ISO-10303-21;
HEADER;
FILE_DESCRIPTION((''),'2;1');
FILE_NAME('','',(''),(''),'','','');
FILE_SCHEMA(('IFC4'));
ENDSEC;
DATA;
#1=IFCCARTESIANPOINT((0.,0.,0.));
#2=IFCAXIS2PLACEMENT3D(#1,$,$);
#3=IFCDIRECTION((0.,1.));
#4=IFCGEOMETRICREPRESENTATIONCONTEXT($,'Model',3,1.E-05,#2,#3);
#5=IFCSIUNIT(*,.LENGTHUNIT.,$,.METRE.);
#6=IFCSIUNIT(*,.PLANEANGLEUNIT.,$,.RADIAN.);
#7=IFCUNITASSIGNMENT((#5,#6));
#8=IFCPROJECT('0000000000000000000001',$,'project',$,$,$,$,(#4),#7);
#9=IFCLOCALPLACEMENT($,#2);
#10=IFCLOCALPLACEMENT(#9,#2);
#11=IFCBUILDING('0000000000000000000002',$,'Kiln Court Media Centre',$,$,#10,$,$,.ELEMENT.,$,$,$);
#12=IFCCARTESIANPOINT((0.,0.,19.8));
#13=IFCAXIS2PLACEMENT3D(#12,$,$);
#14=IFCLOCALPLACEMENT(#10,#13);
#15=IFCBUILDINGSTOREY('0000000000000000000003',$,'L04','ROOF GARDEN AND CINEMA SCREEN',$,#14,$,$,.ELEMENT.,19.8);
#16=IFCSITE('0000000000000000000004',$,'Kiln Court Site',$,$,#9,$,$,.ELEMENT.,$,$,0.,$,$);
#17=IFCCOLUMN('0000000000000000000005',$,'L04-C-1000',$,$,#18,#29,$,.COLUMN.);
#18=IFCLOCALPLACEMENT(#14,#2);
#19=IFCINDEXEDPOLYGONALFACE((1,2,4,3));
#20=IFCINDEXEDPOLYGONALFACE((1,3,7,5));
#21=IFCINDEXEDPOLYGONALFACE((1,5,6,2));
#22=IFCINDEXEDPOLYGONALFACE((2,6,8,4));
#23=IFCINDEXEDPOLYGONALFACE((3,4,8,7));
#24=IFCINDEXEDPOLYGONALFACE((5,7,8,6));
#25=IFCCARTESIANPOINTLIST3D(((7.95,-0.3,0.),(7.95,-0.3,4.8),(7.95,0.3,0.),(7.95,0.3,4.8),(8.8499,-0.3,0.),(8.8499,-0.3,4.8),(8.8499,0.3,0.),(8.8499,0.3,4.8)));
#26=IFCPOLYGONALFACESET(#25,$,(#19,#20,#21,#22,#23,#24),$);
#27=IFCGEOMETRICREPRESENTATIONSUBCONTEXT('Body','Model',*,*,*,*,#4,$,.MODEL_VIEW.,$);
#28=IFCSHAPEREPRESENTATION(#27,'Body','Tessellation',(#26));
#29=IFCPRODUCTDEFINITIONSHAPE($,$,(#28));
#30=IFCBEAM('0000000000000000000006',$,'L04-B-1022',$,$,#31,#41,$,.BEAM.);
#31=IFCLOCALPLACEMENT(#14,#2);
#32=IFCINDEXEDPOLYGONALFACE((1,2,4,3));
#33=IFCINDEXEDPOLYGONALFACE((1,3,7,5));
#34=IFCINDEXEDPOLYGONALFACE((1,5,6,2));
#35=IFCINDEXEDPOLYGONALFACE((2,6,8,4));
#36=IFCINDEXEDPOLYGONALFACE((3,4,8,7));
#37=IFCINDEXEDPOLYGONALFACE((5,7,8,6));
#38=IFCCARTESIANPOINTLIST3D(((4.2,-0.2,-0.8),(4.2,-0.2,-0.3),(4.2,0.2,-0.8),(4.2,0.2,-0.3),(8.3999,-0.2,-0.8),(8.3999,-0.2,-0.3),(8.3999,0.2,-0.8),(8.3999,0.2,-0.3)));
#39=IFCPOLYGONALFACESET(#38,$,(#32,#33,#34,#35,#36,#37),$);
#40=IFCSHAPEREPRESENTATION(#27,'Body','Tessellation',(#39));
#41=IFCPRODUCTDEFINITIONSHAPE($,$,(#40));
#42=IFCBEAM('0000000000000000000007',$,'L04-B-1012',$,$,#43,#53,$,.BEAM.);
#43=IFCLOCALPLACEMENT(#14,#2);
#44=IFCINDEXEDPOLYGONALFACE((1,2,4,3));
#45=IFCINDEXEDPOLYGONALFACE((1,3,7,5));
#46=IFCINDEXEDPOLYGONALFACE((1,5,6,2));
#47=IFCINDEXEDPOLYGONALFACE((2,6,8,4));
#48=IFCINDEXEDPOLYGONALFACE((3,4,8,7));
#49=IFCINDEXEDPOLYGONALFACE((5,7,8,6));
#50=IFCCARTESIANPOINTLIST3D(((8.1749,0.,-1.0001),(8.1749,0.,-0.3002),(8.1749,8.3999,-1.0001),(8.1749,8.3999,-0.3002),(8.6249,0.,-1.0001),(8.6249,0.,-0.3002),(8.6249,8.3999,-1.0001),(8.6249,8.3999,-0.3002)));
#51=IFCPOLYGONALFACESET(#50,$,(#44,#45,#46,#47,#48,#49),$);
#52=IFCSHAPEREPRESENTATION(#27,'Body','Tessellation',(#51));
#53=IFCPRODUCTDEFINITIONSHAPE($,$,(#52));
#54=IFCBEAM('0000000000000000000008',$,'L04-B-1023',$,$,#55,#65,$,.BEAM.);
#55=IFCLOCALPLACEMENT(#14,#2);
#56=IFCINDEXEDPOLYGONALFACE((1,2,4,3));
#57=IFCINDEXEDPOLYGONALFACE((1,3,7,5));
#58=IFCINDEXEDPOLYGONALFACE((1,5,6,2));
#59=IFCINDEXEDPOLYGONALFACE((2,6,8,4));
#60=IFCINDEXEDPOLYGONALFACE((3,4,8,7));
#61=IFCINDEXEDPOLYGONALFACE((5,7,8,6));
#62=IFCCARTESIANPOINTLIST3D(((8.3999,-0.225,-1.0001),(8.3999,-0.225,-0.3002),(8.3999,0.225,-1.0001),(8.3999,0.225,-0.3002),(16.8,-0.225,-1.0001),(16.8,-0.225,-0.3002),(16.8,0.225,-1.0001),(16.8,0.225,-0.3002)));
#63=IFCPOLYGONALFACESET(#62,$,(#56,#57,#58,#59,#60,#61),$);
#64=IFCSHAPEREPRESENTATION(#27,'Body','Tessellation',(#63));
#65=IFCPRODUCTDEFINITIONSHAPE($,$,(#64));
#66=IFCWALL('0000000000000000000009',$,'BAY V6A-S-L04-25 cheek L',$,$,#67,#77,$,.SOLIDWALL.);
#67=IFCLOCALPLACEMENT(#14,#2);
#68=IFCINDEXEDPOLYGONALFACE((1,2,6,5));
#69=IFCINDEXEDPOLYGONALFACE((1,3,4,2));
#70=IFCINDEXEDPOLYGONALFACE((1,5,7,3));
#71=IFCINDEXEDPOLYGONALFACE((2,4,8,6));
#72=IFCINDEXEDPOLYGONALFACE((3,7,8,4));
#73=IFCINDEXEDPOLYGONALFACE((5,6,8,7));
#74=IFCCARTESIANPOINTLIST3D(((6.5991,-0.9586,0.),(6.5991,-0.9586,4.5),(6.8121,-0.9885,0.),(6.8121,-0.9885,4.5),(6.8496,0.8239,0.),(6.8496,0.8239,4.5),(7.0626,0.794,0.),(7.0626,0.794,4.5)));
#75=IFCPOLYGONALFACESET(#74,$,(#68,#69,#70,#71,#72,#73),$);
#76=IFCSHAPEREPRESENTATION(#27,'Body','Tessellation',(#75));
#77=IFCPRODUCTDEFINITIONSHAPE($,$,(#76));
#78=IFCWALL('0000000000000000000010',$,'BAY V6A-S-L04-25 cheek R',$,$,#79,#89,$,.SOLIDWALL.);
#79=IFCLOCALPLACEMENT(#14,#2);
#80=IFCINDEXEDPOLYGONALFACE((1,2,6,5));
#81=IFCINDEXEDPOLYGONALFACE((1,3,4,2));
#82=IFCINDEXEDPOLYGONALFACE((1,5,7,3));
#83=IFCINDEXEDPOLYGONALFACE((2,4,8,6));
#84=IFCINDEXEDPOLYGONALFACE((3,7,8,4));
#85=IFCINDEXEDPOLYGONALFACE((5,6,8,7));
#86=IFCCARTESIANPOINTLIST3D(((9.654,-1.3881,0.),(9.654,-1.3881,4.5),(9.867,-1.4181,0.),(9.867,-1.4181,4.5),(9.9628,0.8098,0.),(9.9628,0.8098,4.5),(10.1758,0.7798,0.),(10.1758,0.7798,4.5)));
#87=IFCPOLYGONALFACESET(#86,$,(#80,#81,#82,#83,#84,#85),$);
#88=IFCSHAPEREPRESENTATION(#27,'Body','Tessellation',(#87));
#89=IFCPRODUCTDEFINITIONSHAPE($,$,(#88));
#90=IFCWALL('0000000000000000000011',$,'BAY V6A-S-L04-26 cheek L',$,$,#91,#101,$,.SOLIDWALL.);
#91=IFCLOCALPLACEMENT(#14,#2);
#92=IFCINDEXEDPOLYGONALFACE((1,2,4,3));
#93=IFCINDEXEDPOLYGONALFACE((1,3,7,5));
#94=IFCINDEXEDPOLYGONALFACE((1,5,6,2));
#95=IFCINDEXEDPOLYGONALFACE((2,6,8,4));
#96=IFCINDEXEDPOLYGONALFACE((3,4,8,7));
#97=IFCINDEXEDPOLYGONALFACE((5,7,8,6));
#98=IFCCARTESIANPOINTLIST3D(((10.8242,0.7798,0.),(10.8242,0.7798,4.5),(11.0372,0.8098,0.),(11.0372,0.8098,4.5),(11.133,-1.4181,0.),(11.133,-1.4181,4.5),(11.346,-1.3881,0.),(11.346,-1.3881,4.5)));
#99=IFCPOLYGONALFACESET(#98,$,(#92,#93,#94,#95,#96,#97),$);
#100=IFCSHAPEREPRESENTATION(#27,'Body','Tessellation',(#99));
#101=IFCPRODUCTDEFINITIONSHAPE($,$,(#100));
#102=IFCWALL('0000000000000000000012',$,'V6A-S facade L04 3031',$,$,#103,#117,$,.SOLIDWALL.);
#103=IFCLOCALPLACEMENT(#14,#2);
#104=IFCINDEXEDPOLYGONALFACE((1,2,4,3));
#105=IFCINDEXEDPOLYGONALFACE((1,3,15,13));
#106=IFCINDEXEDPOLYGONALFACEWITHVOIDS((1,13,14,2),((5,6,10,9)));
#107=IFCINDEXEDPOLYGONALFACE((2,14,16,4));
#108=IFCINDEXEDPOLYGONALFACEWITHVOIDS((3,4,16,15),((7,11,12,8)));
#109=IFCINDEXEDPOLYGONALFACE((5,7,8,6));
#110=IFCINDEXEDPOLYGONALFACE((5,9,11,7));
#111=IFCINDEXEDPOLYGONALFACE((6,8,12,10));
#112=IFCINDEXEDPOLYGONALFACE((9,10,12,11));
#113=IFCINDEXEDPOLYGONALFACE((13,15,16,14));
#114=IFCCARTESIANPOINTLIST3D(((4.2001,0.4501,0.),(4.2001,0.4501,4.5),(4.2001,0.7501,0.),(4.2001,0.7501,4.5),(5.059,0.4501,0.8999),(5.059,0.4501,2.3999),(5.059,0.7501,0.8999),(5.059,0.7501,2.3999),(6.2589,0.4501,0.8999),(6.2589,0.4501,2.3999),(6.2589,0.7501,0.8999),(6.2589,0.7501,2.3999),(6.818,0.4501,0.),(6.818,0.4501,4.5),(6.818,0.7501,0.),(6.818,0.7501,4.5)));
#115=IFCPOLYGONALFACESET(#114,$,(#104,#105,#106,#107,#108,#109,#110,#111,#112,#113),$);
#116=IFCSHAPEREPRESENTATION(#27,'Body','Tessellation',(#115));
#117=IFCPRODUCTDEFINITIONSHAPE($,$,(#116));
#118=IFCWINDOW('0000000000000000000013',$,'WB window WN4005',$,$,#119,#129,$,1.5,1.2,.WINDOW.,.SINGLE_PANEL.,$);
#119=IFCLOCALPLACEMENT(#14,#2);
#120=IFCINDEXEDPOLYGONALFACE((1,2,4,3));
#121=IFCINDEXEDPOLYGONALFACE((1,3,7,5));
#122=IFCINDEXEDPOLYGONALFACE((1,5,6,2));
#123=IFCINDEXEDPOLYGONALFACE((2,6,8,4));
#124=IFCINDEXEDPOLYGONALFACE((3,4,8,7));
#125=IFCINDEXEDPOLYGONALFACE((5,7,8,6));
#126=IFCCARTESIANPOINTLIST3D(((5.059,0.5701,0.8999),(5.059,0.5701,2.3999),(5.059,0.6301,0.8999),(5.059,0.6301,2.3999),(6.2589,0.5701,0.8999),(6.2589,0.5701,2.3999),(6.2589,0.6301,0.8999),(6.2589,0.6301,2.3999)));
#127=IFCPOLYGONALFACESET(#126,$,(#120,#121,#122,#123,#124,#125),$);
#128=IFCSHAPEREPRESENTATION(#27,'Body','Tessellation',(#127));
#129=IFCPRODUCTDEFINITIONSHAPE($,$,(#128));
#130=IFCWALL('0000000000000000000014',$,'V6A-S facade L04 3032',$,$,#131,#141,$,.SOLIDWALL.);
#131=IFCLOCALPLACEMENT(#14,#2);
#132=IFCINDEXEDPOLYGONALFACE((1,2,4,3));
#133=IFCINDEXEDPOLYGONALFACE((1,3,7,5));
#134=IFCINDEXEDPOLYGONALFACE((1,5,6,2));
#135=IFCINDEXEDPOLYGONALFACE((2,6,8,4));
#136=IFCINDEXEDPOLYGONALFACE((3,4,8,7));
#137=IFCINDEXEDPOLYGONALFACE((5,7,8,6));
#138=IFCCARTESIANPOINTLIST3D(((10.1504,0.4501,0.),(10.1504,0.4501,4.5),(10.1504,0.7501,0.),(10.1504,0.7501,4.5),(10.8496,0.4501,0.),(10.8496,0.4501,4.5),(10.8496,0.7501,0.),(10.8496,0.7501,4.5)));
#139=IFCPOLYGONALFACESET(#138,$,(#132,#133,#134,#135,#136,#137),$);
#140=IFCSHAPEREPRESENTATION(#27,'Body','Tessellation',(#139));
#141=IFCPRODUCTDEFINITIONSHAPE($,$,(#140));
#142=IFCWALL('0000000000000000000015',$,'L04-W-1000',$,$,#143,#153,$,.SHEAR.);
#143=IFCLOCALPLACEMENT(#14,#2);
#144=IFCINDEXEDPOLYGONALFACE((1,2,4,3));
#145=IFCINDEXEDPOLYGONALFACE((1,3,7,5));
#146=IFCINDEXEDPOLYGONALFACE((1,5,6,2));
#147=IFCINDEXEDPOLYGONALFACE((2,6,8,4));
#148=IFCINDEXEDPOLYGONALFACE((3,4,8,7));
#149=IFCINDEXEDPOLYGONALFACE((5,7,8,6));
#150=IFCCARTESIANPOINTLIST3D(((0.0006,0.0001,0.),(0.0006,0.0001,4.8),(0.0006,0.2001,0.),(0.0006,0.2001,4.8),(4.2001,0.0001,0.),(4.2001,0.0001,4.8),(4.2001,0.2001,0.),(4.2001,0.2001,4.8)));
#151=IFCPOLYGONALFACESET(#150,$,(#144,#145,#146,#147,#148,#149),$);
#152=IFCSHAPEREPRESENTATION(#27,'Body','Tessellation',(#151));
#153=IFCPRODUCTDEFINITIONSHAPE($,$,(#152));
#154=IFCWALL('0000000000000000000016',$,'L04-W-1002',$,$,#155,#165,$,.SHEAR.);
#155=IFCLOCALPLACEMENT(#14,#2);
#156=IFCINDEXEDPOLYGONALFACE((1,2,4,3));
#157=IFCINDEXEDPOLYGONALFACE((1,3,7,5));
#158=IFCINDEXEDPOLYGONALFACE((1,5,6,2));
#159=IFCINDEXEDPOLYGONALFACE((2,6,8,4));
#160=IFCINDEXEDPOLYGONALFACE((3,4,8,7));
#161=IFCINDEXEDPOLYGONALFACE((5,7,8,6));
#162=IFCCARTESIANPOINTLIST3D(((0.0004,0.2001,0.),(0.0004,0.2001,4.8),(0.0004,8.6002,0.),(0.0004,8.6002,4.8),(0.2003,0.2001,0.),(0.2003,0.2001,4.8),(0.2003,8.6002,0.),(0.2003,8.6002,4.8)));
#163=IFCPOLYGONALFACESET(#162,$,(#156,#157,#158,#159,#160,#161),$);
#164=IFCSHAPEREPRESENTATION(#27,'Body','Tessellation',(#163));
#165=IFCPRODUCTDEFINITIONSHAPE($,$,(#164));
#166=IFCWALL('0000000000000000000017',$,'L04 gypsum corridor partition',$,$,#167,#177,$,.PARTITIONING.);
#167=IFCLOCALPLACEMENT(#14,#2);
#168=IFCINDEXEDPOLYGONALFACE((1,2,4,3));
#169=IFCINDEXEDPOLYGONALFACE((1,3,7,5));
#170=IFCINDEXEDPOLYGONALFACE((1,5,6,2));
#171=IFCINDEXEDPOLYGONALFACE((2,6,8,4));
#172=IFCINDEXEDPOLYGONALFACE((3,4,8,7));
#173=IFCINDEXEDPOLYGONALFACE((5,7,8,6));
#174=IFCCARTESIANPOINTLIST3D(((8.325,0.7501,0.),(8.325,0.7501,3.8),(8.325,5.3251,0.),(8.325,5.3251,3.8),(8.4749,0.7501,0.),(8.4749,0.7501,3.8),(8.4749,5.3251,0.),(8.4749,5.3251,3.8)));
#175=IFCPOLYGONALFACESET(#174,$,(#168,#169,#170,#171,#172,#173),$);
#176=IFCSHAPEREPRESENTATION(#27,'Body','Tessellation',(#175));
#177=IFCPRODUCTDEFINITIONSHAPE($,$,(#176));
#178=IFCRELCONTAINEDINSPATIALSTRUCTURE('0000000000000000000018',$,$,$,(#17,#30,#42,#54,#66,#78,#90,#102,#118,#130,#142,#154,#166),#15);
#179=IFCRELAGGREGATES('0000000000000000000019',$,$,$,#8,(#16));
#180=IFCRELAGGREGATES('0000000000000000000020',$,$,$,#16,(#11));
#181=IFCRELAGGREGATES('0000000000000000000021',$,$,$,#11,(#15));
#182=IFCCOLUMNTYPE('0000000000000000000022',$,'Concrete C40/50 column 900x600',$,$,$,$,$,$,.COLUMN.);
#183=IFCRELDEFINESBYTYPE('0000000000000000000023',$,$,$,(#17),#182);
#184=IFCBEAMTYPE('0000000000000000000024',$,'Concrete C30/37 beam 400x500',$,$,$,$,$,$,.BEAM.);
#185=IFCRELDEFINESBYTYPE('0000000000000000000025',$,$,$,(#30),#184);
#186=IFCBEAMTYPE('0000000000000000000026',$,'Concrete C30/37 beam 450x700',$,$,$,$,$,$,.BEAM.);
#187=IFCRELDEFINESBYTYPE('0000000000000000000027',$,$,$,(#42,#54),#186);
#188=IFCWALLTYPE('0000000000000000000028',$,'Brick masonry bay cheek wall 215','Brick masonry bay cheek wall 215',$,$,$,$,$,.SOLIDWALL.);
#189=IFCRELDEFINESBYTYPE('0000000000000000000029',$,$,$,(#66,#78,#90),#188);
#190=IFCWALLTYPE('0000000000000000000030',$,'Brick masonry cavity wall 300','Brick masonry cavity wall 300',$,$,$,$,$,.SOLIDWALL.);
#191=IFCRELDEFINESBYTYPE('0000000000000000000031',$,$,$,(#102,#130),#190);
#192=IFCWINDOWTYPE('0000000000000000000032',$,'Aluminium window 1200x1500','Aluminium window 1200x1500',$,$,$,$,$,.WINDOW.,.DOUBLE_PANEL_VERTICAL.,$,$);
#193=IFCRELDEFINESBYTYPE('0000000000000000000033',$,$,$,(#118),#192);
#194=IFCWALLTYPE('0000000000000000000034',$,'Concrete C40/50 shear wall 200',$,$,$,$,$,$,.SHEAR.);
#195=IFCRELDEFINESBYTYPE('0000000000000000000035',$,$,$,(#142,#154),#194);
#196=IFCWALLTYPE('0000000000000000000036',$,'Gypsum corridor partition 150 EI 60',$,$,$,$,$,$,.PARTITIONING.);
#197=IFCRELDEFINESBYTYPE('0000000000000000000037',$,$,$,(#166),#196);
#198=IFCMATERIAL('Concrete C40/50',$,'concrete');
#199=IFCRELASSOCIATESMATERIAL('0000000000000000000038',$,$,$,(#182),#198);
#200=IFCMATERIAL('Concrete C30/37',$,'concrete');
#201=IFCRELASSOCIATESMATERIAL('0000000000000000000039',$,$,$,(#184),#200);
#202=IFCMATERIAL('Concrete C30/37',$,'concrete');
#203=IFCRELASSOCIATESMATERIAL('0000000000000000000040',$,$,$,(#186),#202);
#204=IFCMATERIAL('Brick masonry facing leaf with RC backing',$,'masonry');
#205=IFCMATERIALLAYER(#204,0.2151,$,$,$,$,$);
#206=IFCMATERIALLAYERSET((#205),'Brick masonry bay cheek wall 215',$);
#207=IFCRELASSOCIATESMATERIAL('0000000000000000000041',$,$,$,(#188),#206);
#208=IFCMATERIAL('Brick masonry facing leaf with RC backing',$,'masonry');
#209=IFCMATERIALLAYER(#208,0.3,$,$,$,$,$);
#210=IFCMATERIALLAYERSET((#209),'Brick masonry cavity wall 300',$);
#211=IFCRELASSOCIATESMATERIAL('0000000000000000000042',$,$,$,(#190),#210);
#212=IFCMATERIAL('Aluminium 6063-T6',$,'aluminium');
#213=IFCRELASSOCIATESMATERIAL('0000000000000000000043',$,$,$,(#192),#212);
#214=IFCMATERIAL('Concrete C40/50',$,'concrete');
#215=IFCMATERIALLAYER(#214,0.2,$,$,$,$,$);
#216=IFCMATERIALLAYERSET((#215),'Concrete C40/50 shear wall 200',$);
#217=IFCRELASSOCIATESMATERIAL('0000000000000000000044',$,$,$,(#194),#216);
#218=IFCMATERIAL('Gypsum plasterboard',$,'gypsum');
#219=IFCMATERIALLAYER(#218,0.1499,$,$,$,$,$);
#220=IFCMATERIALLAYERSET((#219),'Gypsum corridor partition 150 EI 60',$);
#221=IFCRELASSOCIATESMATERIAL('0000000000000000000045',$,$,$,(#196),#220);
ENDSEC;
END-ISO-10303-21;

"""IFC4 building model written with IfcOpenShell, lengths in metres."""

from ifc_helpers import new_model, si_unit, direction, frame, frame_2d, origin, origin_2d, place, context, subcontext, project, spatial, rectangle, extrude, material, layer, layer_set, material_profile, profile_set, type_object, element, fill, save


model = new_model("IFC4")

# Units and contexts
model_context = context("Model", 3, precision=1e-05, world=origin(), true_north=direction((0.0, 1.0)))
body_context = subcontext(model_context, "Body", "Model", "MODEL_VIEW")
ifc_project = project(units=[si_unit("LENGTHUNIT", "METRE"), si_unit("PLANEANGLEUNIT", "RADIAN")], contexts=[model_context])

# Site, building, storey
site_placement = place(None, origin())
site = spatial("IfcSite", under=ifc_project, at=site_placement, Name="Kiln Court Site", CompositionType="ELEMENT", RefElevation=0.0)
building_placement = place(site_placement, origin())
building = spatial("IfcBuilding", under=site, at=building_placement, Name="Kiln Court Media Centre", CompositionType="ELEMENT")
storey_placement = place(building_placement, frame((0.0, 0.0, 19.8)))
storey = spatial("IfcBuildingStorey", under=building, at=storey_placement, Name="L04", Description="ROOF GARDEN AND CINEMA SCREEN", CompositionType="ELEMENT", Elevation=19.8)

# Column
ifc_material_1 = material(Name="Concrete C40/50", Category="concrete")
ifc_material_profile_1 = material_profile(ifc_material_1, rectangle(XDim=0.8999, YDim=0.6001, at=origin_2d()), Name="RC 900x600")
ifc_profile_set_1 = profile_set([ifc_material_profile_1], Name="Concrete C40/50")
column_type = type_object("IfcColumnType", Name="Concrete C40/50 column 900x600", PredefinedType="COLUMN", material=ifc_profile_set_1)
column_placement = place(storey_placement, frame((8.3999, 0.0, 0.0), z_axis=(0.0, 0.0, 1.0), x_axis=(1.0, 0.0, 0.0)))
element("IfcColumn", 1, at=column_placement, inside=storey, type_object=column_type, Name="L04-C-1000", PredefinedType="COLUMN", context=body_context, shape_type="SweptSolid", body=[
    extrude(rectangle(XDim=0.8999, YDim=0.6001, at=origin_2d()), origin(), (0.0, 0.0, 1.0), 4.8),
])

# Beams
ifc_material_2 = material(Name="Concrete C30/37", Category="concrete")
ifc_material_profile_2 = material_profile(ifc_material_2, rectangle(XDim=0.3999, YDim=0.5, at=origin_2d()), Name="RC 400x500")
ifc_profile_set_2 = profile_set([ifc_material_profile_2], Name="Concrete C30/37")
beam_type_1 = type_object("IfcBeamType", Name="Concrete C30/37 beam 400x500", PredefinedType="BEAM", material=ifc_profile_set_2)
beam_1_placement = place(storey_placement, frame((4.2, 0.0, -0.55), z_axis=(1.0, 0.0, 0.0), x_axis=(0.0, 1.0, 0.0)))
element("IfcBeam", 2, at=beam_1_placement, inside=storey, type_object=beam_type_1, Name="L04-B-1022", PredefinedType="BEAM", context=body_context, shape_type="SweptSolid", body=[
    extrude(rectangle(XDim=0.3999, YDim=0.5, at=origin_2d()), origin(), (0.0, 0.0, 1.0), 4.2),
])
ifc_material_3 = material(Name="Concrete C30/37", Category="concrete")
ifc_material_profile_3 = material_profile(ifc_material_3, rectangle(XDim=0.45, YDim=0.7, at=origin_2d()), Name="RC 450x700")
ifc_profile_set_3 = profile_set([ifc_material_profile_3], Name="Concrete C30/37")
beam_type_2 = type_object("IfcBeamType", Name="Concrete C30/37 beam 450x700", PredefinedType="BEAM", material=ifc_profile_set_3)
beam_2_placement = place(storey_placement, frame((8.3999, 0.0, -0.6501), z_axis=(0.0, 1.0, 0.0), x_axis=(-1.0, 0.0, 0.0)))
element("IfcBeam", 3, at=beam_2_placement, inside=storey, type_object=beam_type_2, Name="L04-B-1012", PredefinedType="BEAM", context=body_context, shape_type="SweptSolid", body=[
    extrude(rectangle(XDim=0.45, YDim=0.7, at=origin_2d()), origin(), (0.0, 0.0, 1.0), 8.3999),
])
beam_3_placement = place(storey_placement, frame((8.3999, 0.0, -0.6501), z_axis=(1.0, 0.0, 0.0), x_axis=(0.0, 1.0, 0.0)))
element("IfcBeam", 4, at=beam_3_placement, inside=storey, type_object=beam_type_2, Name="L04-B-1023", PredefinedType="BEAM", context=body_context, shape_type="SweptSolid", body=[
    extrude(rectangle(XDim=0.45, YDim=0.7, at=origin_2d()), origin(), (0.0, 0.0, 1.0), 8.4001),
])

# Walls
ifc_material_4 = material(Name="Brick masonry facing leaf with RC backing", Category="masonry")
ifc_layer_1 = layer(ifc_material_4, 0.2151)
ifc_layer_set_1 = layer_set([ifc_layer_1], Name="Brick masonry bay cheek wall 215")
wall_type_1 = type_object("IfcWallType", Name="Brick masonry bay cheek wall 215", Description="Brick masonry bay cheek wall 215", PredefinedType="SOLIDWALL", material=ifc_layer_set_1)
wall_1_placement = place(storey_placement, frame((6.9561, 0.8088, 0.0), z_axis=(0.0, 0.0, 1.0), x_axis=(-0.139161, -0.99027, 0.0)))
element("IfcWall", 5, at=wall_1_placement, inside=storey, type_object=wall_type_1, Name="BAY V6A-S-L04-25 cheek L", PredefinedType="SOLIDWALL", context=body_context, shape_type="SweptSolid", body=[
    extrude(rectangle(XDim=1.8, YDim=0.2151, at=frame_2d((0.8999, 0.0))), origin(), (0.0, 0.0, 1.0), 4.5),
])
for number, where, z_axis, x_axis, name in (
    (6, (10.0693, 0.7949, 0.0), (0.0, 0.0, 1.0), (-0.139142, -0.990272, 0.0), "BAY V6A-S-L04-25 cheek R"),
    (7, (10.9307, 0.7949, 0.0), (0.0, 0.0, 1.0), (0.139142, -0.990272, 0.0), "BAY V6A-S-L04-26 cheek L"),
):
    element("IfcWall", number, at=place(storey_placement, frame(where, z_axis=z_axis, x_axis=x_axis)), inside=storey, type_object=wall_type_1, Name=name, PredefinedType="SOLIDWALL", context=body_context, shape_type="SweptSolid", body=[
        extrude(rectangle(XDim=2.2195, YDim=0.2151, at=frame_2d((1.1099, 0.0))), origin(), (0.0, 0.0, 1.0), 4.5),
    ])

# Wall, opening, window
ifc_material_5 = material(Name="Brick masonry facing leaf with RC backing", Category="masonry")
ifc_layer_2 = layer(ifc_material_5, 0.3)
ifc_layer_set_2 = layer_set([ifc_layer_2], Name="Brick masonry cavity wall 300")
wall_type_2 = type_object("IfcWallType", Name="Brick masonry cavity wall 300", Description="Brick masonry cavity wall 300", PredefinedType="SOLIDWALL", material=ifc_layer_set_2)
wall_2_placement = place(storey_placement, frame((6.8181, 0.6001, 0.0), z_axis=(0.0, 0.0, 1.0), x_axis=(-1.0, 0.0, 0.0)))
wall_2 = element("IfcWall", 8, at=wall_2_placement, inside=storey, type_object=wall_type_2, Name="V6A-S facade L04 3031", PredefinedType="SOLIDWALL", context=body_context, shape_type="SweptSolid", body=[
    extrude(rectangle(XDim=2.6179, YDim=0.3, at=frame_2d((1.3091, 0.0))), origin(), (0.0, 0.0, 1.0), 4.5),
])
opening_placement = place(wall_2_placement, frame((0.5591, 0.0, 0.8999)))
opening = element("IfcOpeningElement", 9, at=opening_placement, cuts=wall_2, PredefinedType="OPENING", context=body_context, shape_type="SweptSolid", body=[
    extrude(rectangle(XDim=1.2, YDim=1.5, at=frame_2d((0.6001, 0.75))), frame((0.0, 0.1599, 0.0), z_axis=(0.0, -1.0, 0.0), x_axis=(1.0, 0.0, 0.0)), (0.0, 0.0, 1.0), 0.3201),
])
ifc_material_6 = material(Name="Aluminium 6063-T6", Category="aluminium")
window_type = type_object("IfcWindowType", Name="Aluminium window 1200x1500", Description="Aluminium window 1200x1500", PartitioningType="DOUBLE_PANEL_VERTICAL", PredefinedType="WINDOW", material=ifc_material_6)
window_placement = place(opening_placement, origin())
window = element("IfcWindow", 10, at=window_placement, inside=storey, type_object=window_type, Name="WB window WN4005", OverallHeight=1.5, OverallWidth=1.2, PartitioningType="SINGLE_PANEL", PredefinedType="WINDOW", context=body_context, shape_type="SweptSolid", body=[
    extrude(rectangle(XDim=1.2, YDim=1.5, at=frame_2d((0.6001, 0.75))), frame((0.0, 0.03, 0.0), z_axis=(0.0, -1.0, 0.0), x_axis=(1.0, 0.0, 0.0)), (0.0, 0.0, 1.0), 0.0601),
])
fill(opening, window)

# Walls
wall_3_placement = place(storey_placement, frame((10.8496, 0.6001, 0.0), z_axis=(0.0, 0.0, 1.0), x_axis=(-1.0, 0.0, 0.0)))
element("IfcWall", 11, at=wall_3_placement, inside=storey, type_object=wall_type_2, Name="V6A-S facade L04 3032", PredefinedType="SOLIDWALL", context=body_context, shape_type="SweptSolid", body=[
    extrude(rectangle(XDim=0.6992, YDim=0.3, at=frame_2d((0.3496, 0.0))), origin(), (0.0, 0.0, 1.0), 4.5),
])
ifc_material_7 = material(Name="Concrete C40/50", Category="concrete")
ifc_layer_3 = layer(ifc_material_7, 0.2)
ifc_layer_set_3 = layer_set([ifc_layer_3], Name="Concrete C40/50 shear wall 200")
wall_type_3 = type_object("IfcWallType", Name="Concrete C40/50 shear wall 200", PredefinedType="SHEAR", material=ifc_layer_set_3)
wall_4_placement = place(storey_placement, frame((4.2, 0.1001, 0.0), z_axis=(0.0, 0.0, 1.0), x_axis=(-1.0, 0.0, 0.0)))
element("IfcWall", 12, at=wall_4_placement, inside=storey, type_object=wall_type_3, Name="L04-W-1000", PredefinedType="SHEAR", context=body_context, shape_type="SweptSolid", body=[
    extrude(rectangle(XDim=4.1995, YDim=0.2, at=frame_2d((2.0996, 0.0))), origin(), (0.0, 0.0, 1.0), 4.8),
])
wall_5_placement = place(storey_placement, frame((0.1003, 0.2, 0.0), z_axis=(0.0, 0.0, 1.0), x_axis=(0.0, 1.0, 0.0)))
element("IfcWall", 13, at=wall_5_placement, inside=storey, type_object=wall_type_3, Name="L04-W-1002", PredefinedType="SHEAR", context=body_context, shape_type="SweptSolid", body=[
    extrude(rectangle(XDim=8.4001, YDim=0.2, at=frame_2d((4.2002, 0.0))), origin(), (0.0, 0.0, 1.0), 4.8),
])
ifc_material_8 = material(Name="Gypsum plasterboard", Category="gypsum")
ifc_layer_4 = layer(ifc_material_8, 0.1499)
ifc_layer_set_4 = layer_set([ifc_layer_4], Name="Gypsum corridor partition 150 EI 60")
wall_type_4 = type_object("IfcWallType", Name="Gypsum corridor partition 150 EI 60", PredefinedType="PARTITIONING", material=ifc_layer_set_4)
wall_6_placement = place(storey_placement, frame((8.3999, 0.75, 0.0), z_axis=(0.0, 0.0, 1.0), x_axis=(0.0, 1.0, 0.0)))
element("IfcWall", 14, at=wall_6_placement, inside=storey, type_object=wall_type_4, Name="L04 gypsum corridor partition", PredefinedType="PARTITIONING", context=body_context, shape_type="SweptSolid", body=[
    extrude(rectangle(XDim=4.575, YDim=0.1499, at=frame_2d((2.2876, 0.0))), origin(), (0.0, 0.0, 1.0), 3.8),
])

save(model, "model.ifc")
